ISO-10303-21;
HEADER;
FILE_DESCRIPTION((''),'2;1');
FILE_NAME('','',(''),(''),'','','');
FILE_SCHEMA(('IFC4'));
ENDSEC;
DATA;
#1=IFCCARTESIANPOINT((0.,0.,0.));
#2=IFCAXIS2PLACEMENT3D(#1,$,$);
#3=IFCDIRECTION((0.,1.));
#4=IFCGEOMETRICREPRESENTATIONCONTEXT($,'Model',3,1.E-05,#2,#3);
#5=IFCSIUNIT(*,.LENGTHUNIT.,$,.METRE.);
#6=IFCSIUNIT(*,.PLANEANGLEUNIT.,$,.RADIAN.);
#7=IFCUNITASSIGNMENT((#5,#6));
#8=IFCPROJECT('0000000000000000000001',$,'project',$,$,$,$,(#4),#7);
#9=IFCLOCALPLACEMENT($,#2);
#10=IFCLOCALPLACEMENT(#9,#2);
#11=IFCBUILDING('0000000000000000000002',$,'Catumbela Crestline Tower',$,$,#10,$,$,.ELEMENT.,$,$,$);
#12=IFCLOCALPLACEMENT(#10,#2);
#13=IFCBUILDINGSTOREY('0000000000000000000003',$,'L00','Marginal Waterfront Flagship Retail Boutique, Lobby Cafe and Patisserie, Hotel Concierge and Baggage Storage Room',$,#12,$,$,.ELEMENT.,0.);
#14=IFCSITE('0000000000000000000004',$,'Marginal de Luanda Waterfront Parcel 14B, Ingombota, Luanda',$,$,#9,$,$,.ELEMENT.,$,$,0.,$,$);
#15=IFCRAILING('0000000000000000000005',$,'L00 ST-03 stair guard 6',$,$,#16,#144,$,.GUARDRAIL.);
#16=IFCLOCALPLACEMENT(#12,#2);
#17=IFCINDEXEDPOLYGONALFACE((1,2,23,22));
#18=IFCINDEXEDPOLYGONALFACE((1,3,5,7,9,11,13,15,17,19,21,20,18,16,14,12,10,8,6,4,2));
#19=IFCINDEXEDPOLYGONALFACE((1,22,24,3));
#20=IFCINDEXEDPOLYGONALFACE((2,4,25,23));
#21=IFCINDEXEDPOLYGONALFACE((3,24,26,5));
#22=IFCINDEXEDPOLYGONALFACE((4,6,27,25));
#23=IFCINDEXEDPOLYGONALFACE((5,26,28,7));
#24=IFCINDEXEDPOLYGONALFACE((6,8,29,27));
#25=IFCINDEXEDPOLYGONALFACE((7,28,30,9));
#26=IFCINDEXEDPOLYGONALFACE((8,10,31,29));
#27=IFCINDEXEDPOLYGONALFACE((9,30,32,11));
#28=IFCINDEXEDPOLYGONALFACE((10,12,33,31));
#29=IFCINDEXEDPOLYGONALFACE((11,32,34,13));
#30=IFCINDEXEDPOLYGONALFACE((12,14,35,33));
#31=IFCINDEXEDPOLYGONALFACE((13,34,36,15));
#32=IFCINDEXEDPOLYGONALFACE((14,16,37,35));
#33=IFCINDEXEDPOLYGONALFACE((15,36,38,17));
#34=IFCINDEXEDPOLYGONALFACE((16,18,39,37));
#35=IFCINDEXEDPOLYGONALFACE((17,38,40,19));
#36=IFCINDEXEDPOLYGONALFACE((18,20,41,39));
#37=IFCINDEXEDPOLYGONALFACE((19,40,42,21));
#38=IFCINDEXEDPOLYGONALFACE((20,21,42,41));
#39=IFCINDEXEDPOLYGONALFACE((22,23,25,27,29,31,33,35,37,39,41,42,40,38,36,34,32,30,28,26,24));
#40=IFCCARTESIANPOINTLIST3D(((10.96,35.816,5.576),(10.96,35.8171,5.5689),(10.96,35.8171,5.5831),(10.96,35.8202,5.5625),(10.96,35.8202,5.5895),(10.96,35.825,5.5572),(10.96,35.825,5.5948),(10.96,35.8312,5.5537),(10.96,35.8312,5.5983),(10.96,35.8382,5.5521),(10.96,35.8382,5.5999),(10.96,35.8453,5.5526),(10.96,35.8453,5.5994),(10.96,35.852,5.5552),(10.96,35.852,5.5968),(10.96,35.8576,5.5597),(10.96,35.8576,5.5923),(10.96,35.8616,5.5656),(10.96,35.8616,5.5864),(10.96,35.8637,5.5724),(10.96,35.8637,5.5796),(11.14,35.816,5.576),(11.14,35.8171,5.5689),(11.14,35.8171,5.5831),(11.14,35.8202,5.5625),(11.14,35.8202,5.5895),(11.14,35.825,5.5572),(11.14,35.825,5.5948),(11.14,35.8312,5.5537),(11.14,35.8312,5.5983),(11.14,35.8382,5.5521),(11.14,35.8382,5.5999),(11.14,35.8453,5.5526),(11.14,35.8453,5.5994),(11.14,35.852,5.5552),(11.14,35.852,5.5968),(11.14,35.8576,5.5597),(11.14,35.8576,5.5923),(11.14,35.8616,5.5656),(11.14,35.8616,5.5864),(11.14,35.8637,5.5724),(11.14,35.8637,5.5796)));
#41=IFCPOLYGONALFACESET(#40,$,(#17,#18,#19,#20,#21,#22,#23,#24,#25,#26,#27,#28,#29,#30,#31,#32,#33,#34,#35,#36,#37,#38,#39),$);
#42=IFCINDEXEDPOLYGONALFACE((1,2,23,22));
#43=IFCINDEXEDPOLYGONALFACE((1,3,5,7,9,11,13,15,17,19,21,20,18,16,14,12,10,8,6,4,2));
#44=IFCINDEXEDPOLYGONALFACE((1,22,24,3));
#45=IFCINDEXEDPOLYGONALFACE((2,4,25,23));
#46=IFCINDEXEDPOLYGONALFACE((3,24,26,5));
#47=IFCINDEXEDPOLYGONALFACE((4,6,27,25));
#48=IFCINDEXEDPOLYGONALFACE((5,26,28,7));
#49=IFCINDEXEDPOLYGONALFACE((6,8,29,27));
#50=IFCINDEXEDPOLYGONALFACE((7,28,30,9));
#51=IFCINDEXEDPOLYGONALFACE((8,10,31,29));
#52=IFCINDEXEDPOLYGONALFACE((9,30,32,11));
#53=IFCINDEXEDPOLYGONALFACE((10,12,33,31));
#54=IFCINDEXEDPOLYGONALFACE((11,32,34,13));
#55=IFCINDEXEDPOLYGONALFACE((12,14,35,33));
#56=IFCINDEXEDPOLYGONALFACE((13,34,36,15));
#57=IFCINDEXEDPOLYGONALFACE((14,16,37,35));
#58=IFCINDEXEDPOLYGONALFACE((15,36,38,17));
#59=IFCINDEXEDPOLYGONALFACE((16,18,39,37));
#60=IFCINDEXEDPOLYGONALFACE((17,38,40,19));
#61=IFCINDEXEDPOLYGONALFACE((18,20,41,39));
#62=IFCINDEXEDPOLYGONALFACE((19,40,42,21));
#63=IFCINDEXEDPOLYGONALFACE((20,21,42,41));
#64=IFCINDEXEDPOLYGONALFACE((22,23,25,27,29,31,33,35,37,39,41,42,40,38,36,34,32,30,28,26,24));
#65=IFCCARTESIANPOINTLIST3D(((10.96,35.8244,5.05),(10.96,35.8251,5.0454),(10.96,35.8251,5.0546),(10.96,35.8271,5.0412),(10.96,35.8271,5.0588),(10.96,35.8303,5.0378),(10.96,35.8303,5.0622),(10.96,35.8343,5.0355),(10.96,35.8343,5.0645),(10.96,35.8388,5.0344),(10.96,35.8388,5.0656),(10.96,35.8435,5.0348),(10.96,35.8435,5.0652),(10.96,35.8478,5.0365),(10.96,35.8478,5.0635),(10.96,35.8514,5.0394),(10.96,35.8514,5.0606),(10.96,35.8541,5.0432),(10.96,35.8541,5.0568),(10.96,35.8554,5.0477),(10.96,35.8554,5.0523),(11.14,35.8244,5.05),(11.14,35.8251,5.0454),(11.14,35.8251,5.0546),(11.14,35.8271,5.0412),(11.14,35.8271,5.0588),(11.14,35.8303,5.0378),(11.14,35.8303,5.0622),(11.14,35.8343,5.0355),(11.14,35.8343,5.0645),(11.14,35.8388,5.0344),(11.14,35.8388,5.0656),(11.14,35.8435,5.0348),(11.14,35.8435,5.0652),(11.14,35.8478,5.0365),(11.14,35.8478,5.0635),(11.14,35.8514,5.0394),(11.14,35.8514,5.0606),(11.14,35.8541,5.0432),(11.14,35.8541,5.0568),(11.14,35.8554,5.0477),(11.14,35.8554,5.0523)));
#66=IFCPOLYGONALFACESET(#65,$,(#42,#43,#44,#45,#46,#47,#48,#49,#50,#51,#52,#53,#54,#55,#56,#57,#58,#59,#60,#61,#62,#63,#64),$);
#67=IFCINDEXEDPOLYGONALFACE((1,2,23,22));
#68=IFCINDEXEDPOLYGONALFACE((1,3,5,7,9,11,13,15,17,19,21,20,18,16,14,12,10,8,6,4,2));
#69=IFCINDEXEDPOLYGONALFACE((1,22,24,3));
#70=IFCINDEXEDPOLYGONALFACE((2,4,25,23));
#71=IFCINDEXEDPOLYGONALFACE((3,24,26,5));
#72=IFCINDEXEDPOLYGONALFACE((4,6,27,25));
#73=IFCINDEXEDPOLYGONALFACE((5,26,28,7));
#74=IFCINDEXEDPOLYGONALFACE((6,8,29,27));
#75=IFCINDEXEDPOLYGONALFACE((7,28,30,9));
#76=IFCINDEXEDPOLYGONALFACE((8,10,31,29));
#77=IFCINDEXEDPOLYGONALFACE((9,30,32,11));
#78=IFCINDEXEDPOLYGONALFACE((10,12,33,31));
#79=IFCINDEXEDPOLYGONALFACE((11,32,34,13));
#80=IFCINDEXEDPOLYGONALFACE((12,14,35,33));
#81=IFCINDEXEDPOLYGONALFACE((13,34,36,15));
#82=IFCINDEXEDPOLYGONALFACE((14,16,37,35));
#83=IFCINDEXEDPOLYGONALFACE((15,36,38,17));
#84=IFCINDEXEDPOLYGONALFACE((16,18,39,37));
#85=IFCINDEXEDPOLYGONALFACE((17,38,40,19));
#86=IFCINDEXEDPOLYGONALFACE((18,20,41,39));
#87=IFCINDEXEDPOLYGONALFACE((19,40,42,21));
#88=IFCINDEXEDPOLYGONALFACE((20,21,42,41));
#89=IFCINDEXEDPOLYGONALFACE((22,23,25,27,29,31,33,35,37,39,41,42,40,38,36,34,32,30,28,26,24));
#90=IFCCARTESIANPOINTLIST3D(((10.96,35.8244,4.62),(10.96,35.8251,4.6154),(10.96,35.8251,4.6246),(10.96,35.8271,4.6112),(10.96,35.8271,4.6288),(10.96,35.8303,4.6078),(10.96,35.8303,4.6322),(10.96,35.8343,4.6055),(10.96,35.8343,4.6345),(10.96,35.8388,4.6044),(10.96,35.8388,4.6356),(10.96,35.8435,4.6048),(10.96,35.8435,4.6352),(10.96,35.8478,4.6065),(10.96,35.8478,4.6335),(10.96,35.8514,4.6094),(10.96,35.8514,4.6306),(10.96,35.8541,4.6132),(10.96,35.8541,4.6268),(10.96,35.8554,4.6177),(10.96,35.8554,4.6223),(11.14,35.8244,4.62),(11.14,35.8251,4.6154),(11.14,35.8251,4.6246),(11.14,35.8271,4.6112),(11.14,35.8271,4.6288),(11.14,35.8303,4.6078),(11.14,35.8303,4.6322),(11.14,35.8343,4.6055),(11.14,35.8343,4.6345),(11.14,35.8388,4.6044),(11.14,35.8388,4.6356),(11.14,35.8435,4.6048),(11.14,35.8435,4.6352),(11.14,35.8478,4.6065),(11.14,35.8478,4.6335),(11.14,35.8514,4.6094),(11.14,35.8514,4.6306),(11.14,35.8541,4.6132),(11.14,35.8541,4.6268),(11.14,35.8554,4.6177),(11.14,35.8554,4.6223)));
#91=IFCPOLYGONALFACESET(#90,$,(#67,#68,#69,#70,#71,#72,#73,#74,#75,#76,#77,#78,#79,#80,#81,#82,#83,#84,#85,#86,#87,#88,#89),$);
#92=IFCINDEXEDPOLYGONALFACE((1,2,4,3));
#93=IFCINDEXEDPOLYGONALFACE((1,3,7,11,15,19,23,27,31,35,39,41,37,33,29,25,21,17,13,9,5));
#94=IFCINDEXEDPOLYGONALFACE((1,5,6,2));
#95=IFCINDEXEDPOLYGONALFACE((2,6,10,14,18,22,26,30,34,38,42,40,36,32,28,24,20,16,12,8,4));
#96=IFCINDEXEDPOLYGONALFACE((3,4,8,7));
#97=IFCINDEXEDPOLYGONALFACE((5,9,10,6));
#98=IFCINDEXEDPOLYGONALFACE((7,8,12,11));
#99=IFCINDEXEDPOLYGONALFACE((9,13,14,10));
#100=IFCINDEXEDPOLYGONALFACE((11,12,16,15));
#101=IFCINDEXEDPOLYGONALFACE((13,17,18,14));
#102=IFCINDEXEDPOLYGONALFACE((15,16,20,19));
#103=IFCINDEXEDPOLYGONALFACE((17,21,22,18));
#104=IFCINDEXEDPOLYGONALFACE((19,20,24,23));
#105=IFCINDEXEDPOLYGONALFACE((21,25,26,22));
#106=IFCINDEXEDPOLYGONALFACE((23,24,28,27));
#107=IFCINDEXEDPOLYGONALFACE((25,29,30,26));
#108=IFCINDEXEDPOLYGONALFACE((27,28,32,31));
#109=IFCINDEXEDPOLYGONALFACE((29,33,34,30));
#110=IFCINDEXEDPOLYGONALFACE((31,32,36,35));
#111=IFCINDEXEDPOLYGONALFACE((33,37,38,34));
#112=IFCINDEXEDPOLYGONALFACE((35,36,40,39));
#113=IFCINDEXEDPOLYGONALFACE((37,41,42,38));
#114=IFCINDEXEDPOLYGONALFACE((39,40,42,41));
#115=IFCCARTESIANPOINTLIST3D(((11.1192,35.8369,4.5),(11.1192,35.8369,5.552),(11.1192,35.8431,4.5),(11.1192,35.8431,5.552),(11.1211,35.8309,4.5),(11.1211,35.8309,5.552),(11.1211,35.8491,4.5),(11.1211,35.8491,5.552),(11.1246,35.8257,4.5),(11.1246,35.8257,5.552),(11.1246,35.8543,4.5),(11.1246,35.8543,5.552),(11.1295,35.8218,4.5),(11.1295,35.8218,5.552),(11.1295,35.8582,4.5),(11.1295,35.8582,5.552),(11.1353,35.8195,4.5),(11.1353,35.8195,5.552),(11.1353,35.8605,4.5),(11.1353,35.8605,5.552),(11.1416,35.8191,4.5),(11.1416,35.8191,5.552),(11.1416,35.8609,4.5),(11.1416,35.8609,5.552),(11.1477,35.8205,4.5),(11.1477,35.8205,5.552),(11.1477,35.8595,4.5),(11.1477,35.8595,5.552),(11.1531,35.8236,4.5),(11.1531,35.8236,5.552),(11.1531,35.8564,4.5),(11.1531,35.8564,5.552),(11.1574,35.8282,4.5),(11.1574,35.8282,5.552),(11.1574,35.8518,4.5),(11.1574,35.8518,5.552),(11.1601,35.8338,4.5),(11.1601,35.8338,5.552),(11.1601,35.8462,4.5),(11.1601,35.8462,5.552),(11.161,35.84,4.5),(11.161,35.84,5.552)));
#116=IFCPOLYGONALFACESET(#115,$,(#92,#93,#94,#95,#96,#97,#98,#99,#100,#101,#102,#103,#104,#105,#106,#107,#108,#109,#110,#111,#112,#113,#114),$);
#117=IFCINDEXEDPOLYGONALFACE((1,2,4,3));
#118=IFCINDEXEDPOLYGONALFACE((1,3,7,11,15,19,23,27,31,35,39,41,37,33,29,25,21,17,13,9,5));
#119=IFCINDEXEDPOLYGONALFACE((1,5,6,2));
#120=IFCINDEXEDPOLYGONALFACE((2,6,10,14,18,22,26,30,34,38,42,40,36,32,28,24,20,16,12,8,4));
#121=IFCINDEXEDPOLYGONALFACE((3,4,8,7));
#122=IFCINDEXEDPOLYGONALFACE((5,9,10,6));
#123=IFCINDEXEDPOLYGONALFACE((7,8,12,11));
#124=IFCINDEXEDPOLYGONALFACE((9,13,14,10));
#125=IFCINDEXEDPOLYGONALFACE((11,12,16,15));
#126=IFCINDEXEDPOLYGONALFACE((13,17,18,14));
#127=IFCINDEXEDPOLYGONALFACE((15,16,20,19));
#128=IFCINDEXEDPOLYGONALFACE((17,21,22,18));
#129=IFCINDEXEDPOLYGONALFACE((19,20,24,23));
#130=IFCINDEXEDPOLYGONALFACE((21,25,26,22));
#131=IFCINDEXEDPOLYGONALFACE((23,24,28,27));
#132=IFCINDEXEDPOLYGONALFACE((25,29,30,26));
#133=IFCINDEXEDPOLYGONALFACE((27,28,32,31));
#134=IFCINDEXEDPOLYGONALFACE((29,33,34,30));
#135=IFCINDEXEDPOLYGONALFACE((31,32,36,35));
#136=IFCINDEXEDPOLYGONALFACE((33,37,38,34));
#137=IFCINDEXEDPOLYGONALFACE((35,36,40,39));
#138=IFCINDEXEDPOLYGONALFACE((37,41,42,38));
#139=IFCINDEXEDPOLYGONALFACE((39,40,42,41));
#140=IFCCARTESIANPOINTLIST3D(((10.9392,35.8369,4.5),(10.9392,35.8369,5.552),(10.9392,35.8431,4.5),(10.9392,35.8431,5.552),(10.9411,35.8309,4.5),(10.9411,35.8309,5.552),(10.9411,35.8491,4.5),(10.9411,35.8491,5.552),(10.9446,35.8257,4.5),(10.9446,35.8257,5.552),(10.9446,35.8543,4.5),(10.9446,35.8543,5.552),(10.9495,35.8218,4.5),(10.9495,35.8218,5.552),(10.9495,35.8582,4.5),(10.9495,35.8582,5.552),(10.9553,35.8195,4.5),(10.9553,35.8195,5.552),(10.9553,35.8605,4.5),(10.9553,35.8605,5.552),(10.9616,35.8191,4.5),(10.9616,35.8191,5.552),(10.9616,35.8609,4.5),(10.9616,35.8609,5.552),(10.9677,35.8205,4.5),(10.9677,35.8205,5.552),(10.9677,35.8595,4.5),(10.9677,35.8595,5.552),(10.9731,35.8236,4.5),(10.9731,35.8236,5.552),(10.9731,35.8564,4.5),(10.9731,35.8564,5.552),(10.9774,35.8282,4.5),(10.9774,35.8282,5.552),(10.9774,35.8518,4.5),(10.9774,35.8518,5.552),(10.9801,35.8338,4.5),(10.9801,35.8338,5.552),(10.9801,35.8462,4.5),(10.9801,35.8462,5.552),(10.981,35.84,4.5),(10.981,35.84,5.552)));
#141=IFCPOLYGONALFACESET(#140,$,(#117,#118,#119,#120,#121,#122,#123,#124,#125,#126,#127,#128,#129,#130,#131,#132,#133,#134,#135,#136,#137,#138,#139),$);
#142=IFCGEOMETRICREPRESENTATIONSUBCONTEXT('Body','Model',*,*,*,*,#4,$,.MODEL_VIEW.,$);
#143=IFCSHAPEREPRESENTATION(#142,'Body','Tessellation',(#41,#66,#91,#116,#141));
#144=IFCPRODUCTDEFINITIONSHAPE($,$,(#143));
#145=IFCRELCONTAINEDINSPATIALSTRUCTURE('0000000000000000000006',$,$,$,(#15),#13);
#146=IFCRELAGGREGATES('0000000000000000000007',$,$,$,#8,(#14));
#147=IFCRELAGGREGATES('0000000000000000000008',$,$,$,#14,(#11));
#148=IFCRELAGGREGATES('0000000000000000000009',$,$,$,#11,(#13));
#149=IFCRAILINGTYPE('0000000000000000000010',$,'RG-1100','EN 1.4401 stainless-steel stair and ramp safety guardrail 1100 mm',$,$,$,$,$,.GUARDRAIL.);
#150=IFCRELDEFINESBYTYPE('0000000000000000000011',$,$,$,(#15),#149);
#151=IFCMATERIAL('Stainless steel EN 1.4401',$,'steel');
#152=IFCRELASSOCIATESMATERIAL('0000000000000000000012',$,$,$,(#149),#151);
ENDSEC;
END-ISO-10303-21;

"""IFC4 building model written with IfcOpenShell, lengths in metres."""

from ifc_helpers import new_model, si_unit, direction, frame, origin, origin_2d, place, context, subcontext, project, spatial, circle, extrude, material, type_object, element, save


model = new_model("IFC4")

# Units and contexts
model_context = context("Model", 3, precision=1e-05, world=origin(), true_north=direction((0.0, 1.0)))
body_context = subcontext(model_context, "Body", "Model", "MODEL_VIEW")
ifc_project = project(units=[si_unit("LENGTHUNIT", "METRE"), si_unit("PLANEANGLEUNIT", "RADIAN")], contexts=[model_context])

# Site, building, storey
site_placement = place(None, origin())
site = spatial("IfcSite", under=ifc_project, at=site_placement, Name="Marginal de Luanda Waterfront Parcel 14B, Ingombota, Luanda", CompositionType="ELEMENT", RefElevation=0.0)
building_placement = place(site_placement, origin())
building = spatial("IfcBuilding", under=site, at=building_placement, Name="Catumbela Crestline Tower", CompositionType="ELEMENT")
storey_placement = place(building_placement, origin())
storey = spatial("IfcBuildingStorey", under=building, at=storey_placement, Name="L00", Description="Marginal Waterfront Flagship Retail Boutique, Lobby Cafe and Patisserie, Hotel Concierge and Baggage Storage Room", CompositionType="ELEMENT", Elevation=0.0)

# Shared definitions
ifc_material_1 = material(Name="Stainless steel EN 1.4401", Category="steel")

# Railing
railing_type_1 = type_object("IfcRailingType", Name="RG-1100", Description="EN 1.4401 stainless-steel stair and ramp safety guardrail 1100 mm", PredefinedType="GUARDRAIL", material=ifc_material_1)
for number, where, name in (
    (1, (11.14, 35.84, 4.5), "L00 ST-03 stair guard 6"),
):
    element("IfcRailing", number, at=place(storey_placement, frame(where)), inside=storey, type_object=railing_type_1, Name=name, PredefinedType="GUARDRAIL", context=body_context, shape_type="SweptSolid", body=[
        extrude(circle(Radius=0.024, at=origin_2d()), frame((0.0, 0.0, 1.076), z_axis=(-1.0, 0.0, 0.0), x_axis=(0.0, -1.0, 0.0)), (0.0, 0.0, 1.0), 0.18),
        extrude(circle(Radius=0.0156, at=origin_2d()), frame((0.0, 0.0, 0.55), z_axis=(-1.0, 0.0, 0.0), x_axis=(0.0, -1.0, 0.0)), (0.0, 0.0, 1.0), 0.18),
        extrude(circle(Radius=0.0156, at=origin_2d()), frame((0.0, 0.0, 0.12), z_axis=(-1.0, 0.0, 0.0), x_axis=(0.0, -1.0, 0.0)), (0.0, 0.0, 1.0), 0.18),
        extrude(circle(Radius=0.021, at=origin_2d()), origin(), (0.0, 0.0, 1.0), 1.052),
        extrude(circle(Radius=0.021, at=origin_2d()), frame((-0.18, 0.0, 0.0)), (0.0, 0.0, 1.0), 1.052),
    ])

save(model, "model.ifc")
